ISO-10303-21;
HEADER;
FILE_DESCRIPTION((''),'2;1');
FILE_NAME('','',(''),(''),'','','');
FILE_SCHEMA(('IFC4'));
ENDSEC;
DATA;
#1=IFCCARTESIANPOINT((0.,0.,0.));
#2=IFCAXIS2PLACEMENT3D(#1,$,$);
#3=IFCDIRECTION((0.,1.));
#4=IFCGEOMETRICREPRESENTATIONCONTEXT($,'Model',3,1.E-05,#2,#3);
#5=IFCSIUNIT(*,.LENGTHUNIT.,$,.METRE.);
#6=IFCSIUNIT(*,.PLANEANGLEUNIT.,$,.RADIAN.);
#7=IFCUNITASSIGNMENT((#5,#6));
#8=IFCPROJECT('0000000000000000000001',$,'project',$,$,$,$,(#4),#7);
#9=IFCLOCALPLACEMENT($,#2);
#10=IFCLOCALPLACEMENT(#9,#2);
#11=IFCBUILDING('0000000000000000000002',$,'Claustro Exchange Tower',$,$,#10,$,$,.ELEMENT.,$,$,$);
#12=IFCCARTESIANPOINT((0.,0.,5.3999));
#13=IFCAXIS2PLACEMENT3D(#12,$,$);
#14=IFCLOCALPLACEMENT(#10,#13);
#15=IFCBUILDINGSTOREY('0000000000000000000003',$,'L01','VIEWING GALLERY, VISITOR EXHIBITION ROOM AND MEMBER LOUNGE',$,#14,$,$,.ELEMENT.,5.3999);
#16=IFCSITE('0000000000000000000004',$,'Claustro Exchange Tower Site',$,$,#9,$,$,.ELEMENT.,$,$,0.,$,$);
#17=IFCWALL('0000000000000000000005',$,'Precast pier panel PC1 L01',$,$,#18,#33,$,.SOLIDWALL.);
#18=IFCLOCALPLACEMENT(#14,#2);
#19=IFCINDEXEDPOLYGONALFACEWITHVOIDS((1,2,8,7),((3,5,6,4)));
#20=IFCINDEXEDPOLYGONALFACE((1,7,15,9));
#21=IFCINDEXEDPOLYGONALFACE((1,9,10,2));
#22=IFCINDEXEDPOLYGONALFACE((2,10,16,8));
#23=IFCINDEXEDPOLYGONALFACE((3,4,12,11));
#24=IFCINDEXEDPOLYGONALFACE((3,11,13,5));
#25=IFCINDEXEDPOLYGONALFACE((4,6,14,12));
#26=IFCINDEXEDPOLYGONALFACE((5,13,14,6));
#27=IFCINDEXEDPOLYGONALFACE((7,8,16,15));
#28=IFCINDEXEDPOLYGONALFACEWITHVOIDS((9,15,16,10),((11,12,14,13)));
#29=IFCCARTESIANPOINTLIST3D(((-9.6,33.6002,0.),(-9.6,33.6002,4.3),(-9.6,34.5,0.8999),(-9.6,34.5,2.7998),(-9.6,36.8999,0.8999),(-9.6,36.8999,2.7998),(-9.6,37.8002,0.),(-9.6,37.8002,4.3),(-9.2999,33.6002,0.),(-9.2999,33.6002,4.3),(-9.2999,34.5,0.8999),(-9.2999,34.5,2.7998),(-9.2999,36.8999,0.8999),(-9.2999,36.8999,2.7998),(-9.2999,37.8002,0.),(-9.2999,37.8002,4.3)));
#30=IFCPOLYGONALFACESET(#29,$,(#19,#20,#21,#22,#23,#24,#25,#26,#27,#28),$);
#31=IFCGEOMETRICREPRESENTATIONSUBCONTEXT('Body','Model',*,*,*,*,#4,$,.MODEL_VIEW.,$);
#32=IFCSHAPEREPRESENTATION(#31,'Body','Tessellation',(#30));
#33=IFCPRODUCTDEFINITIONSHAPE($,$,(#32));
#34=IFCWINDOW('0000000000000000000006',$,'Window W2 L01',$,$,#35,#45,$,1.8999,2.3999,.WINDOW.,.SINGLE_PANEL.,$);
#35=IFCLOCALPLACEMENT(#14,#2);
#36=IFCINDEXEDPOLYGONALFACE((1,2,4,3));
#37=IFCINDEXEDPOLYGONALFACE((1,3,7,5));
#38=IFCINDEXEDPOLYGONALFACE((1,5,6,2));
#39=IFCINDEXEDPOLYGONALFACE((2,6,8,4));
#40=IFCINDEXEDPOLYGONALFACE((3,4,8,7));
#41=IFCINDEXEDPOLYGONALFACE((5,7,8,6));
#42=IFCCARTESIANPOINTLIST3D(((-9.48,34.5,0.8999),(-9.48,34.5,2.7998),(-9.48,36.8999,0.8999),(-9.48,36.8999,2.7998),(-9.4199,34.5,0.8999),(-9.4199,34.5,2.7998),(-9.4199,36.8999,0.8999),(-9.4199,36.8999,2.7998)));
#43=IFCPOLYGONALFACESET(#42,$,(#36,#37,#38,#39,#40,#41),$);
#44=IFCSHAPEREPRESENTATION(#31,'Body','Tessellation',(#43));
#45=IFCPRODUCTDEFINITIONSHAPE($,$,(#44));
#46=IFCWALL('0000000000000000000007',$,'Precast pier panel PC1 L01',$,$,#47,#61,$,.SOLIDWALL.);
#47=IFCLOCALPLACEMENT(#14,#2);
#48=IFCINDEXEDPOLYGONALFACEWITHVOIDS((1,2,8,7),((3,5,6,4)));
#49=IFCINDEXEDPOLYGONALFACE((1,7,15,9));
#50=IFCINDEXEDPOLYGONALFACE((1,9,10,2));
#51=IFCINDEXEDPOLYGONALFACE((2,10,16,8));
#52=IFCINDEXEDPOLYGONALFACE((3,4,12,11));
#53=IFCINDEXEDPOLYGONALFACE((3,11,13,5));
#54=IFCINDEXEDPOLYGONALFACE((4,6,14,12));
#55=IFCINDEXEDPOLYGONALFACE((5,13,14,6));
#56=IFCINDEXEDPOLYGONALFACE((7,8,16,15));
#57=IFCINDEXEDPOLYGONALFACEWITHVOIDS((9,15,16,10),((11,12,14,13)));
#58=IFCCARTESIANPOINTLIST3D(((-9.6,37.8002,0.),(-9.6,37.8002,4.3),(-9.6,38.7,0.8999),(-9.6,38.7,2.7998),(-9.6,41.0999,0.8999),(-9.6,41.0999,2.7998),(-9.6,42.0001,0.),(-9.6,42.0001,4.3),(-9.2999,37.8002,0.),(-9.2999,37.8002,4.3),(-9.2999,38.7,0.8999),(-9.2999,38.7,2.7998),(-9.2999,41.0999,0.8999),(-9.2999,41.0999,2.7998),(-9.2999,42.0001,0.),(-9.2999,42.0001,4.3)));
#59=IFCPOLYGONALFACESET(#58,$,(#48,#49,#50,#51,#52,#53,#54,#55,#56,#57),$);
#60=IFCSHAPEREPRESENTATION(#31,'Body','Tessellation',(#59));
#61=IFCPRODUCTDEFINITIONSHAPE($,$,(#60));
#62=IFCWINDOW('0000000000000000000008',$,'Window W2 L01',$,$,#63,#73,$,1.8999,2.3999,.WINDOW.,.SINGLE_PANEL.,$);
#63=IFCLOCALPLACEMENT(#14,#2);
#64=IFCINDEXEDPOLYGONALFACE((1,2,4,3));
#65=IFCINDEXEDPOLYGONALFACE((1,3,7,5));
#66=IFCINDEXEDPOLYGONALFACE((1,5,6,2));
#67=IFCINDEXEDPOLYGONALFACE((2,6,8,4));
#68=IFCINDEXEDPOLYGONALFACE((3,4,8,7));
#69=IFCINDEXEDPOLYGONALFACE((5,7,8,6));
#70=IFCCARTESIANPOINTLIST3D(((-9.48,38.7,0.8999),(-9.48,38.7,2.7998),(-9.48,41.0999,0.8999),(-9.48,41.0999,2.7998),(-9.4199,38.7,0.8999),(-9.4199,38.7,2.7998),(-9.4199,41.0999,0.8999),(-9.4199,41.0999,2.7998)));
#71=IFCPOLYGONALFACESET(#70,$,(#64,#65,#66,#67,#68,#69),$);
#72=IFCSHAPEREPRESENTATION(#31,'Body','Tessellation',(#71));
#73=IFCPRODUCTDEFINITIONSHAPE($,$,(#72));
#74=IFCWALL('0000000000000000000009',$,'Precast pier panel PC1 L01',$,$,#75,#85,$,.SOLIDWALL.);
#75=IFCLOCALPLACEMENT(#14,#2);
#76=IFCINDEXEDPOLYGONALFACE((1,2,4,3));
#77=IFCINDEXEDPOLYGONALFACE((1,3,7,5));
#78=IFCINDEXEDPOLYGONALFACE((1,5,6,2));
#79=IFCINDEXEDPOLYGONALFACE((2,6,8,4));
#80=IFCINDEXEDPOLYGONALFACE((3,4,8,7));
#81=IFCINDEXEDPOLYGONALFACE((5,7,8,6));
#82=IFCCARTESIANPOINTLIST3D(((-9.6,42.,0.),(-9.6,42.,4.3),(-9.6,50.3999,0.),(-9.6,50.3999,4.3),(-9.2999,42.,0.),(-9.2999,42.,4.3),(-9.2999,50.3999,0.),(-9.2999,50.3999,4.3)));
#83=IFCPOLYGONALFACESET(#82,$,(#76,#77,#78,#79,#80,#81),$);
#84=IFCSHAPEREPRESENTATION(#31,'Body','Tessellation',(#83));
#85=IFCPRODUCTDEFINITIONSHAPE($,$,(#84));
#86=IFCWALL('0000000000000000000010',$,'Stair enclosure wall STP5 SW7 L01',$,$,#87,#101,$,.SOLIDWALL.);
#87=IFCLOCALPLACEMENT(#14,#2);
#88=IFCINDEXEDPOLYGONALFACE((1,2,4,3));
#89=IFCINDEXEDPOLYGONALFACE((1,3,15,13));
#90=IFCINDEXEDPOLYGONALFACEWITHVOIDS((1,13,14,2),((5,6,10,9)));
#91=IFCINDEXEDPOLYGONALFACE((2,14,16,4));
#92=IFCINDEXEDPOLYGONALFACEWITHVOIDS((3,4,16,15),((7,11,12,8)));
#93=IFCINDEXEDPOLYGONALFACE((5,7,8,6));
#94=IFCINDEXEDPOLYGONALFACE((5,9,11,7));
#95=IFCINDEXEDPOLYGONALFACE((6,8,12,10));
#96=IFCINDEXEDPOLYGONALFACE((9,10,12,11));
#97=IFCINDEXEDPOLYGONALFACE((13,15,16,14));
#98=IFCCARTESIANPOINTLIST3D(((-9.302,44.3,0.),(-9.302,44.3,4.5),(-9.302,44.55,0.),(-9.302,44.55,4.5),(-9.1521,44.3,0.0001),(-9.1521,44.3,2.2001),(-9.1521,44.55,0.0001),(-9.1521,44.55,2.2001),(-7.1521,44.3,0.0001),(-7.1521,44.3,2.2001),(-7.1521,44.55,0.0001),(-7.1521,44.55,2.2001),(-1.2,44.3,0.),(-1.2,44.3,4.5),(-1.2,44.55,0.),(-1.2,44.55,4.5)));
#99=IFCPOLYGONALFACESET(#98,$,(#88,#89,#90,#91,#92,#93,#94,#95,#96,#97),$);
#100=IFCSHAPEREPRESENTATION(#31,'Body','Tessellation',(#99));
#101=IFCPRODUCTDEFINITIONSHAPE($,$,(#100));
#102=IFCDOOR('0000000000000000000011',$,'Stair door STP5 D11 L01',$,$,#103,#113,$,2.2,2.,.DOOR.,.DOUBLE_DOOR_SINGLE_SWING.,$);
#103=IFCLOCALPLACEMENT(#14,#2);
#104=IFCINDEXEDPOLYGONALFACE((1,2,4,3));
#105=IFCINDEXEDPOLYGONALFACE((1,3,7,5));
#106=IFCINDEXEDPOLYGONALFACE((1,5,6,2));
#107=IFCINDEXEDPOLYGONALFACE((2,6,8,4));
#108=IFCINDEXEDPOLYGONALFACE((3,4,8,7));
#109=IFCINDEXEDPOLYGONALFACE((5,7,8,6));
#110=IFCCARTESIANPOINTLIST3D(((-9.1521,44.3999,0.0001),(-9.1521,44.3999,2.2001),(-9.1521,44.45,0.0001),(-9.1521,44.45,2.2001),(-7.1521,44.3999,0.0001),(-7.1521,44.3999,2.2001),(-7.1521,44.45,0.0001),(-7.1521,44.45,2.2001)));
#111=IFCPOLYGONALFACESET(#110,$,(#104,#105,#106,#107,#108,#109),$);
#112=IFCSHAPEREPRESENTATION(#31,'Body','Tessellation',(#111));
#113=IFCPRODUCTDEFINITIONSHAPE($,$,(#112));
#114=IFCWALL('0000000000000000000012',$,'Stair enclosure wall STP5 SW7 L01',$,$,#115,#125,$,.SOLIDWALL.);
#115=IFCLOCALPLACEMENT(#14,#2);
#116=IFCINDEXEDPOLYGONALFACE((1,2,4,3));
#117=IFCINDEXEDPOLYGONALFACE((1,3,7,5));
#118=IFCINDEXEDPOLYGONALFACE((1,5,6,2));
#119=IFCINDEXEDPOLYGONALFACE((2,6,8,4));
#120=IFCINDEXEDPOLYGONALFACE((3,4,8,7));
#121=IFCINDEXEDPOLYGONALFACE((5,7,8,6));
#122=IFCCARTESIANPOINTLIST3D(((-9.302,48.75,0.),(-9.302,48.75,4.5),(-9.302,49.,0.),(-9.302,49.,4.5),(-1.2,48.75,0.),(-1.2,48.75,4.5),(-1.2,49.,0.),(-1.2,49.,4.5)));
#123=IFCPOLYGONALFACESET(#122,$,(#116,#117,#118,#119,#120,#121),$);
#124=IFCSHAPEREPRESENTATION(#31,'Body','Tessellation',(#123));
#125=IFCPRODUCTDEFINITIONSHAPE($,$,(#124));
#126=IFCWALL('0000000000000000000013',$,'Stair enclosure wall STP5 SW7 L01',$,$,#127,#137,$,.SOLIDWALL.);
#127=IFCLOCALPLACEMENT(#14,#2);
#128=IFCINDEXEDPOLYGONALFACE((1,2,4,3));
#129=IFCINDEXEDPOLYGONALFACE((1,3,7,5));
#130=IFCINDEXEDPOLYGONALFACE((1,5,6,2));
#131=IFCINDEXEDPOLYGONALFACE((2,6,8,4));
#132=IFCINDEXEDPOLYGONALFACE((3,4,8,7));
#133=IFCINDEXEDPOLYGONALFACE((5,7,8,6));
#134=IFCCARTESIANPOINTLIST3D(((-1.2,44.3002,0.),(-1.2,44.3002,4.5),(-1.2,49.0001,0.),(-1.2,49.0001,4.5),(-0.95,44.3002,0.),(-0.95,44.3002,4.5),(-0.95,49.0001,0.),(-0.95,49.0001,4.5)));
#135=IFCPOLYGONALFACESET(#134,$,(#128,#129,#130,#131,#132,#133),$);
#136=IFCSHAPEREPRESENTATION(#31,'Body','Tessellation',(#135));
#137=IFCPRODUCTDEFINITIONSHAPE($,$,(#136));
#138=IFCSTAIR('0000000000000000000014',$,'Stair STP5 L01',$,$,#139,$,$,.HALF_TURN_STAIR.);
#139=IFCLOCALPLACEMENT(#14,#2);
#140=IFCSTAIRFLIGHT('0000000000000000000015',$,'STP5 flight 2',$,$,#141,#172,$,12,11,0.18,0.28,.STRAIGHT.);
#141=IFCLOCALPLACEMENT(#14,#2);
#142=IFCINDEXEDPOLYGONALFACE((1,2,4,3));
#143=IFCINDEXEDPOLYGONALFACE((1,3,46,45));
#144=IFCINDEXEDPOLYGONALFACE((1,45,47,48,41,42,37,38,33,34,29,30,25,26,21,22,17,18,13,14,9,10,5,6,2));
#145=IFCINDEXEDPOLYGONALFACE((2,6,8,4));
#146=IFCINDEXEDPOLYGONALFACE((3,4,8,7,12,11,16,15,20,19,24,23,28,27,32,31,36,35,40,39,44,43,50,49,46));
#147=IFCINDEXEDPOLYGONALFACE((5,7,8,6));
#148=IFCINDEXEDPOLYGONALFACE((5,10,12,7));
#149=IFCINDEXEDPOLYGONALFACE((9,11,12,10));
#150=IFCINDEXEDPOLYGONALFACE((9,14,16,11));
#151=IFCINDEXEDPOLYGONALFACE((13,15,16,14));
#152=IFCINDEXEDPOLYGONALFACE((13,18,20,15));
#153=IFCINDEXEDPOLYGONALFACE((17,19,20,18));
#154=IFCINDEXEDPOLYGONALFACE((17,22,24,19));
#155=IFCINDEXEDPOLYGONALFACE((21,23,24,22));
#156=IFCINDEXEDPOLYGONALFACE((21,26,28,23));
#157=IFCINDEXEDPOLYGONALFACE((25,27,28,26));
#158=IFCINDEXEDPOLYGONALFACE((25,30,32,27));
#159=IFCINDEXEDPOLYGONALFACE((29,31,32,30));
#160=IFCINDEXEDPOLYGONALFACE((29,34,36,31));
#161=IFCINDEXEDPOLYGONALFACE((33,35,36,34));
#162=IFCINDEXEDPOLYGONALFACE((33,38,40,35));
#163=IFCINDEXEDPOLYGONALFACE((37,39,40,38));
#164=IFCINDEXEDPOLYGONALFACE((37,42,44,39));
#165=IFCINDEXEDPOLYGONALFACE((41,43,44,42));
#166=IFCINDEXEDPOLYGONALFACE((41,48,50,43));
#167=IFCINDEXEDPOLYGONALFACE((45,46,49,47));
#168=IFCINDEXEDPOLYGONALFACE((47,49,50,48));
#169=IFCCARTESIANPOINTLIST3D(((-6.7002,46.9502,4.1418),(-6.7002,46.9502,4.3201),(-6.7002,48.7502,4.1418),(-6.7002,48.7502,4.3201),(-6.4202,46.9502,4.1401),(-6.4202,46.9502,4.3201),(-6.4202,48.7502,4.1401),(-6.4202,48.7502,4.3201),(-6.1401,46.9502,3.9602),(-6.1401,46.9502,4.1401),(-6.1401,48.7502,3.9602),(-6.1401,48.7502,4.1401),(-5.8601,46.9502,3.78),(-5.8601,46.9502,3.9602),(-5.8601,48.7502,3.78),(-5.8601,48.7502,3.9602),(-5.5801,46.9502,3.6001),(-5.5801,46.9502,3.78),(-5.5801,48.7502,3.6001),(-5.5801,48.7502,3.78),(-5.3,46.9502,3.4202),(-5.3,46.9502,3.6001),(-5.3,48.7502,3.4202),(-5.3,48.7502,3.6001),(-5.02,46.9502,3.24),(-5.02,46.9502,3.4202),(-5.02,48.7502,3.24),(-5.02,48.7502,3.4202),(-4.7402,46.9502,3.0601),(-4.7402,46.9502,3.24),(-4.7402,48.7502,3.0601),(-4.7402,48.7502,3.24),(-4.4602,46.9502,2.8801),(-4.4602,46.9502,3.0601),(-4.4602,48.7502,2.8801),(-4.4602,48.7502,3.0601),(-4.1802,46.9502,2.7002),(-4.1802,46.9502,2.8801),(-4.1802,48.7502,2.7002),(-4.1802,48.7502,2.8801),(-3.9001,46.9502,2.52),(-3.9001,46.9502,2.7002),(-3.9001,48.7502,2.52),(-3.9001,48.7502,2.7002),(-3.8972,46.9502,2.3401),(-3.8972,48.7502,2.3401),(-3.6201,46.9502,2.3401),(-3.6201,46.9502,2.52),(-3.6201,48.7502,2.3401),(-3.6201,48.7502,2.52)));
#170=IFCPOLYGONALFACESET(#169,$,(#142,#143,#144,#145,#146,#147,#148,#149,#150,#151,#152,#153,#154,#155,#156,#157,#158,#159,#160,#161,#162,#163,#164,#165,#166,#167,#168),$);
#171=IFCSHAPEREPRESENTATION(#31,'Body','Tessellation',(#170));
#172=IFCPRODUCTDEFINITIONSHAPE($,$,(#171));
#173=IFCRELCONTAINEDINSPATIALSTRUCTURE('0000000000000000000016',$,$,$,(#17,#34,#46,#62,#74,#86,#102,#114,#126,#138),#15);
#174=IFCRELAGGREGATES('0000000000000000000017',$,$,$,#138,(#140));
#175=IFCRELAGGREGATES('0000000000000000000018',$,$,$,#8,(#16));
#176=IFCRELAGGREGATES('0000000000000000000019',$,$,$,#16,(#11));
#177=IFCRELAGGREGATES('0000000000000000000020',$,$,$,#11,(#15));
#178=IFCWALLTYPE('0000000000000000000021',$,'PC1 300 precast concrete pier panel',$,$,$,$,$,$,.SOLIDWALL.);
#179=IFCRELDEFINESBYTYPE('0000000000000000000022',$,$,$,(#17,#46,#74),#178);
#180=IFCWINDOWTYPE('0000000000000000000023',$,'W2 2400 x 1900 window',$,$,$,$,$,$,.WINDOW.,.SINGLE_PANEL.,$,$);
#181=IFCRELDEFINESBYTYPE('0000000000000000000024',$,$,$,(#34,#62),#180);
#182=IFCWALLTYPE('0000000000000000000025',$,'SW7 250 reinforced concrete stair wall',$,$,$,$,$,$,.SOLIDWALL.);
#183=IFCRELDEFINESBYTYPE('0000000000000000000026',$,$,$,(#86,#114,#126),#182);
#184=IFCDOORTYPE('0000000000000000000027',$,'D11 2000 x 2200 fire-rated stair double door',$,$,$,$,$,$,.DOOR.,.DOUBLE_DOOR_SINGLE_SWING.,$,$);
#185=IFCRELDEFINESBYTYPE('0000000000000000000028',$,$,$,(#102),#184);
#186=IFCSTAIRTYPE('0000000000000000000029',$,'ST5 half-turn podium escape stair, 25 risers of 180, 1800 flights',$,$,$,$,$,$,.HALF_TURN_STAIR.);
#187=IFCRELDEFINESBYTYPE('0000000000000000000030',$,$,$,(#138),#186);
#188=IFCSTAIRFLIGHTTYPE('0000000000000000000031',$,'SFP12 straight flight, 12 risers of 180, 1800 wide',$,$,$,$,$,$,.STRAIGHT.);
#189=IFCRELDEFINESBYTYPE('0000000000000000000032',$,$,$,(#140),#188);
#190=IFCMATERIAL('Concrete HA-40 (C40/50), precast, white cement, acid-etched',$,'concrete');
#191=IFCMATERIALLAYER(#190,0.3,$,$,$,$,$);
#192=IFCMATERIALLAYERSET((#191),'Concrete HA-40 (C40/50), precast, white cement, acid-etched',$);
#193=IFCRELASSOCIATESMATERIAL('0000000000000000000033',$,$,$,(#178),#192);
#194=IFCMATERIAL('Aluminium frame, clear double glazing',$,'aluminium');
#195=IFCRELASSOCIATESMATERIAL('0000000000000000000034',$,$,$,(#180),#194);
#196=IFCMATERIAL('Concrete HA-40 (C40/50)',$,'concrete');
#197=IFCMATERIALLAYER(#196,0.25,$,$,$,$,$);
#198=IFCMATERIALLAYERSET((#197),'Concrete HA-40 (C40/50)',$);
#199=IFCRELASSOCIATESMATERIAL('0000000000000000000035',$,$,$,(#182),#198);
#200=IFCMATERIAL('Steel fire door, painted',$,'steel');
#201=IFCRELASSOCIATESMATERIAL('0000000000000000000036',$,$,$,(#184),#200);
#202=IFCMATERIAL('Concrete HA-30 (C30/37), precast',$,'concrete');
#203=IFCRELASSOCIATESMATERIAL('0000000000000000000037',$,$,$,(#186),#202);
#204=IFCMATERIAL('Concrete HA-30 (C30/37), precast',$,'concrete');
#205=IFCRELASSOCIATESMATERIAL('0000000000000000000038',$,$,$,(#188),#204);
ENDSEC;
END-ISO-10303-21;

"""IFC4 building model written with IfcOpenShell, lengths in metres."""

from ifc_helpers import new_model, si_unit, direction, frame, frame_2d, origin, place, context, subcontext, project, spatial, polyline, rectangle, outline, extrude, material, layer, layer_set, type_object, element, fill, aggregate, save


model = new_model("IFC4")

# Units and contexts
model_context = context("Model", 3, precision=1e-05, world=origin(), true_north=direction((0.0, 1.0)))
body_context = subcontext(model_context, "Body", "Model", "MODEL_VIEW")
ifc_project = project(units=[si_unit("LENGTHUNIT", "METRE"), si_unit("PLANEANGLEUNIT", "RADIAN")], contexts=[model_context])

# Site, building, storey
site_placement = place(None, origin())
site = spatial("IfcSite", under=ifc_project, at=site_placement, Name="Claustro Exchange Tower Site", CompositionType="ELEMENT", RefElevation=0.0)
building_placement = place(site_placement, origin())
building = spatial("IfcBuilding", under=site, at=building_placement, Name="Claustro Exchange Tower", CompositionType="ELEMENT")
storey_placement = place(building_placement, frame((0.0, 0.0, 5.3999)))
storey = spatial("IfcBuildingStorey", under=building, at=storey_placement, Name="L01", Description="VIEWING GALLERY, VISITOR EXHIBITION ROOM AND MEMBER LOUNGE", CompositionType="ELEMENT", Elevation=5.3999)

# Walls, openings, windows
ifc_material_1 = material(Name="Concrete HA-40 (C40/50), precast, white cement, acid-etched", Category="concrete")
ifc_layer_1 = layer(ifc_material_1, 0.3)
ifc_layer_set_1 = layer_set([ifc_layer_1], Name="Concrete HA-40 (C40/50), precast, white cement, acid-etched")
wall_type_1 = type_object("IfcWallType", Name="PC1 300 precast concrete pier panel", PredefinedType="SOLIDWALL", material=ifc_layer_set_1)
wall_1_placement = place(storey_placement, frame((-9.45, 33.6001, 0.0), z_axis=(0.0, 0.0, 1.0), x_axis=(0.0, 1.0, 0.0)))
wall_1 = element("IfcWall", 1, at=wall_1_placement, inside=storey, type_object=wall_type_1, Name="Precast pier panel PC1 L01", PredefinedType="SOLIDWALL", context=body_context, shape_type="SweptSolid", body=[
    extrude(rectangle(XDim=4.2, YDim=0.3, at=frame_2d((2.1001, 0.0))), origin(), (0.0, 0.0, 1.0), 4.3),
])
opening_1_placement = place(wall_1_placement, frame((0.8999, 0.0, 0.8999)))
opening_1 = element("IfcOpeningElement", 2, at=opening_1_placement, cuts=wall_1, PredefinedType="OPENING", context=body_context, shape_type="SweptSolid", body=[
    extrude(rectangle(XDim=2.3999, YDim=1.8999, at=frame_2d((1.2, 0.95))), frame((0.0, 0.1599, 0.0), z_axis=(0.0, -1.0, 0.0), x_axis=(1.0, 0.0, 0.0)), (0.0, 0.0, 1.0), 0.3201),
])
ifc_material_2 = material(Name="Aluminium frame, clear double glazing", Category="aluminium")
window_type = type_object("IfcWindowType", Name="W2 2400 x 1900 window", PartitioningType="SINGLE_PANEL", PredefinedType="WINDOW", material=ifc_material_2)
window_1_placement = place(opening_1_placement, origin())
window_1 = element("IfcWindow", 3, at=window_1_placement, inside=storey, type_object=window_type, Name="Window W2 L01", OverallHeight=1.8999, OverallWidth=2.3999, PartitioningType="SINGLE_PANEL", PredefinedType="WINDOW", context=body_context, shape_type="SweptSolid", body=[
    extrude(rectangle(XDim=2.3999, YDim=1.8999, at=frame_2d((1.2, 0.95))), frame((0.0, 0.03, 0.0), z_axis=(0.0, -1.0, 0.0), x_axis=(1.0, 0.0, 0.0)), (0.0, 0.0, 1.0), 0.0601),
])
fill(opening_1, window_1)
wall_2_placement = place(storey_placement, frame((-9.45, 37.8, 0.0), z_axis=(0.0, 0.0, 1.0), x_axis=(0.0, 1.0, 0.0)))
wall_2 = element("IfcWall", 4, at=wall_2_placement, inside=storey, type_object=wall_type_1, Name="Precast pier panel PC1 L01", PredefinedType="SOLIDWALL", context=body_context, shape_type="SweptSolid", body=[
    extrude(rectangle(XDim=4.2, YDim=0.3, at=frame_2d((2.1001, 0.0))), origin(), (0.0, 0.0, 1.0), 4.3),
])
opening_2_placement = place(wall_2_placement, frame((0.8999, 0.0, 0.8999)))
opening_2 = element("IfcOpeningElement", 5, at=opening_2_placement, cuts=wall_2, PredefinedType="OPENING", context=body_context, shape_type="SweptSolid", body=[
    extrude(rectangle(XDim=2.3999, YDim=1.8999, at=frame_2d((1.2, 0.95))), frame((0.0, 0.1599, 0.0), z_axis=(0.0, -1.0, 0.0), x_axis=(1.0, 0.0, 0.0)), (0.0, 0.0, 1.0), 0.3201),
])
window_2_placement = place(opening_2_placement, origin())
window_2 = element("IfcWindow", 6, at=window_2_placement, inside=storey, type_object=window_type, Name="Window W2 L01", OverallHeight=1.8999, OverallWidth=2.3999, PartitioningType="SINGLE_PANEL", PredefinedType="WINDOW", context=body_context, shape_type="SweptSolid", body=[
    extrude(rectangle(XDim=2.3999, YDim=1.8999, at=frame_2d((1.2, 0.95))), frame((0.0, 0.03, 0.0), z_axis=(0.0, -1.0, 0.0), x_axis=(1.0, 0.0, 0.0)), (0.0, 0.0, 1.0), 0.0601),
])
fill(opening_2, window_2)

# Wall
wall_3_placement = place(storey_placement, frame((-9.45, 42.0, 0.0), z_axis=(0.0, 0.0, 1.0), x_axis=(0.0, 1.0, 0.0)))
element("IfcWall", 7, at=wall_3_placement, inside=storey, type_object=wall_type_1, Name="Precast pier panel PC1 L01", PredefinedType="SOLIDWALL", context=body_context, shape_type="SweptSolid", body=[
    extrude(rectangle(XDim=8.3999, YDim=0.3, at=frame_2d((4.2, 0.0))), origin(), (0.0, 0.0, 1.0), 4.3),
])

# Wall, opening, door
ifc_material_3 = material(Name="Concrete HA-40 (C40/50)", Category="concrete")
ifc_layer_2 = layer(ifc_material_3, 0.25)
ifc_layer_set_2 = layer_set([ifc_layer_2], Name="Concrete HA-40 (C40/50)")
wall_type_2 = type_object("IfcWallType", Name="SW7 250 reinforced concrete stair wall", PredefinedType="SOLIDWALL", material=ifc_layer_set_2)
wall_4_placement = place(storey_placement, frame((-9.302, 44.425, 0.0), z_axis=(0.0, 0.0, 1.0), x_axis=(1.0, 0.0, 0.0)))
wall_4 = element("IfcWall", 8, at=wall_4_placement, inside=storey, type_object=wall_type_2, Name="Stair enclosure wall STP5 SW7 L01", PredefinedType="SOLIDWALL", context=body_context, shape_type="SweptSolid", body=[
    extrude(rectangle(XDim=8.1021, YDim=0.25, at=frame_2d((4.051, 0.0))), origin(), (0.0, 0.0, 1.0), 4.5),
])
opening_3_placement = place(wall_4_placement, frame((0.1499, 0.0, 0.0)))
opening_3 = element("IfcOpeningElement", 9, at=opening_3_placement, cuts=wall_4, PredefinedType="OPENING", context=body_context, shape_type="SweptSolid", body=[
    extrude(rectangle(XDim=2.0, YDim=2.2, at=frame_2d((1.0, 1.1001))), frame((0.0, 0.135, 0.0), z_axis=(0.0, -1.0, 0.0), x_axis=(1.0, 0.0, 0.0)), (0.0, 0.0, 1.0), 0.27),
])
ifc_material_4 = material(Name="Steel fire door, painted", Category="steel")
door_type_1 = type_object("IfcDoorType", Name="D11 2000 x 2200 fire-rated stair double door", OperationType="DOUBLE_DOOR_SINGLE_SWING", PredefinedType="DOOR", material=ifc_material_4)
door_1_placement = place(opening_3_placement, origin())
door_1 = element("IfcDoor", 10, at=door_1_placement, inside=storey, type_object=door_type_1, Name="Stair door STP5 D11 L01", OperationType="DOUBLE_DOOR_SINGLE_SWING", OverallHeight=2.2, OverallWidth=2.0, PredefinedType="DOOR", context=body_context, shape_type="SweptSolid", body=[
    extrude(rectangle(XDim=2.0, YDim=2.2, at=frame_2d((1.0, 1.1001))), frame((0.0, 0.0249, 0.0), z_axis=(0.0, -1.0, 0.0), x_axis=(1.0, 0.0, 0.0)), (0.0, 0.0, 1.0), 0.05),
])
fill(opening_3, door_1)

# Walls
wall_5_placement = place(storey_placement, frame((-9.302, 48.875, 0.0), z_axis=(0.0, 0.0, 1.0), x_axis=(1.0, 0.0, 0.0)))
element("IfcWall", 11, at=wall_5_placement, inside=storey, type_object=wall_type_2, Name="Stair enclosure wall STP5 SW7 L01", PredefinedType="SOLIDWALL", context=body_context, shape_type="SweptSolid", body=[
    extrude(rectangle(XDim=8.1021, YDim=0.25, at=frame_2d((4.051, 0.0))), origin(), (0.0, 0.0, 1.0), 4.5),
])
wall_6_placement = place(storey_placement, frame((-1.075, 44.3, 0.0), z_axis=(0.0, 0.0, 1.0), x_axis=(0.0, 1.0, 0.0)))
element("IfcWall", 12, at=wall_6_placement, inside=storey, type_object=wall_type_2, Name="Stair enclosure wall STP5 SW7 L01", PredefinedType="SOLIDWALL", context=body_context, shape_type="SweptSolid", body=[
    extrude(rectangle(XDim=4.7, YDim=0.25, at=frame_2d((2.3501, 0.0))), origin(), (0.0, 0.0, 1.0), 4.5),
])

# Stair, stair flight
ifc_material_5 = material(Name="Concrete HA-30 (C30/37), precast", Category="concrete")
stair_type = type_object("IfcStairType", Name="ST5 half-turn podium escape stair, 25 risers of 180, 1800 flights", PredefinedType="HALF_TURN_STAIR", material=ifc_material_5)
stair_placement = place(storey_placement, origin())
stair = element("IfcStair", 13, at=stair_placement, inside=storey, type_object=stair_type, Name="Stair STP5 L01", PredefinedType="HALF_TURN_STAIR")
ifc_material_6 = material(Name="Concrete HA-30 (C30/37), precast", Category="concrete")
stair_flight_type_1 = type_object("IfcStairFlightType", Name="SFP12 straight flight, 12 risers of 180, 1800 wide", PredefinedType="STRAIGHT", material=ifc_material_6)
stair_flight_1_placement = place(storey_placement, frame((-3.6201, 47.8501, 2.3401), z_axis=(0.0, 0.0, 1.0), x_axis=(-1.0, 0.0, 0.0)))
stair_flight_1 = element("IfcStairFlight", 14, at=stair_flight_1_placement, type_object=stair_flight_type_1, Name="STP5 flight 2", NumberOfRisers=12, NumberOfTreads=11, PredefinedType="STRAIGHT", RiserHeight=0.18, TreadLength=0.28, context=body_context, shape_type="SweptSolid", body=[
    extrude(outline(polyline([(0.0, 0.0), (0.0, 0.1799), (0.28, 0.1799), (0.28, 0.3601), (0.5601, 0.3601), (0.5601, 0.54), (0.8401, 0.54), (0.8401, 0.72), (1.1201, 0.72), (1.1201, 0.8999), (1.3999, 0.8999), (1.3999, 1.0801), (1.6799, 1.0801), (1.6799, 1.26), (1.96, 1.26), (1.96, 1.4399), (2.24, 1.4399), (2.24, 1.6201), (2.52, 1.6201), (2.52, 1.8), (2.8, 1.8), (2.8, 1.98), (3.0801, 1.98), (3.0801, 2.1599), (3.0801, 1.8018), (0.2771, 0.0), (0.0, 0.0)])), frame((0.0, 0.8999, 0.0), z_axis=(0.0, -1.0, 0.0), x_axis=(1.0, 0.0, 0.0)), (0.0, 0.0, 1.0), 1.8),
])
aggregate(stair, [stair_flight_1])

save(model, "model.ifc")
